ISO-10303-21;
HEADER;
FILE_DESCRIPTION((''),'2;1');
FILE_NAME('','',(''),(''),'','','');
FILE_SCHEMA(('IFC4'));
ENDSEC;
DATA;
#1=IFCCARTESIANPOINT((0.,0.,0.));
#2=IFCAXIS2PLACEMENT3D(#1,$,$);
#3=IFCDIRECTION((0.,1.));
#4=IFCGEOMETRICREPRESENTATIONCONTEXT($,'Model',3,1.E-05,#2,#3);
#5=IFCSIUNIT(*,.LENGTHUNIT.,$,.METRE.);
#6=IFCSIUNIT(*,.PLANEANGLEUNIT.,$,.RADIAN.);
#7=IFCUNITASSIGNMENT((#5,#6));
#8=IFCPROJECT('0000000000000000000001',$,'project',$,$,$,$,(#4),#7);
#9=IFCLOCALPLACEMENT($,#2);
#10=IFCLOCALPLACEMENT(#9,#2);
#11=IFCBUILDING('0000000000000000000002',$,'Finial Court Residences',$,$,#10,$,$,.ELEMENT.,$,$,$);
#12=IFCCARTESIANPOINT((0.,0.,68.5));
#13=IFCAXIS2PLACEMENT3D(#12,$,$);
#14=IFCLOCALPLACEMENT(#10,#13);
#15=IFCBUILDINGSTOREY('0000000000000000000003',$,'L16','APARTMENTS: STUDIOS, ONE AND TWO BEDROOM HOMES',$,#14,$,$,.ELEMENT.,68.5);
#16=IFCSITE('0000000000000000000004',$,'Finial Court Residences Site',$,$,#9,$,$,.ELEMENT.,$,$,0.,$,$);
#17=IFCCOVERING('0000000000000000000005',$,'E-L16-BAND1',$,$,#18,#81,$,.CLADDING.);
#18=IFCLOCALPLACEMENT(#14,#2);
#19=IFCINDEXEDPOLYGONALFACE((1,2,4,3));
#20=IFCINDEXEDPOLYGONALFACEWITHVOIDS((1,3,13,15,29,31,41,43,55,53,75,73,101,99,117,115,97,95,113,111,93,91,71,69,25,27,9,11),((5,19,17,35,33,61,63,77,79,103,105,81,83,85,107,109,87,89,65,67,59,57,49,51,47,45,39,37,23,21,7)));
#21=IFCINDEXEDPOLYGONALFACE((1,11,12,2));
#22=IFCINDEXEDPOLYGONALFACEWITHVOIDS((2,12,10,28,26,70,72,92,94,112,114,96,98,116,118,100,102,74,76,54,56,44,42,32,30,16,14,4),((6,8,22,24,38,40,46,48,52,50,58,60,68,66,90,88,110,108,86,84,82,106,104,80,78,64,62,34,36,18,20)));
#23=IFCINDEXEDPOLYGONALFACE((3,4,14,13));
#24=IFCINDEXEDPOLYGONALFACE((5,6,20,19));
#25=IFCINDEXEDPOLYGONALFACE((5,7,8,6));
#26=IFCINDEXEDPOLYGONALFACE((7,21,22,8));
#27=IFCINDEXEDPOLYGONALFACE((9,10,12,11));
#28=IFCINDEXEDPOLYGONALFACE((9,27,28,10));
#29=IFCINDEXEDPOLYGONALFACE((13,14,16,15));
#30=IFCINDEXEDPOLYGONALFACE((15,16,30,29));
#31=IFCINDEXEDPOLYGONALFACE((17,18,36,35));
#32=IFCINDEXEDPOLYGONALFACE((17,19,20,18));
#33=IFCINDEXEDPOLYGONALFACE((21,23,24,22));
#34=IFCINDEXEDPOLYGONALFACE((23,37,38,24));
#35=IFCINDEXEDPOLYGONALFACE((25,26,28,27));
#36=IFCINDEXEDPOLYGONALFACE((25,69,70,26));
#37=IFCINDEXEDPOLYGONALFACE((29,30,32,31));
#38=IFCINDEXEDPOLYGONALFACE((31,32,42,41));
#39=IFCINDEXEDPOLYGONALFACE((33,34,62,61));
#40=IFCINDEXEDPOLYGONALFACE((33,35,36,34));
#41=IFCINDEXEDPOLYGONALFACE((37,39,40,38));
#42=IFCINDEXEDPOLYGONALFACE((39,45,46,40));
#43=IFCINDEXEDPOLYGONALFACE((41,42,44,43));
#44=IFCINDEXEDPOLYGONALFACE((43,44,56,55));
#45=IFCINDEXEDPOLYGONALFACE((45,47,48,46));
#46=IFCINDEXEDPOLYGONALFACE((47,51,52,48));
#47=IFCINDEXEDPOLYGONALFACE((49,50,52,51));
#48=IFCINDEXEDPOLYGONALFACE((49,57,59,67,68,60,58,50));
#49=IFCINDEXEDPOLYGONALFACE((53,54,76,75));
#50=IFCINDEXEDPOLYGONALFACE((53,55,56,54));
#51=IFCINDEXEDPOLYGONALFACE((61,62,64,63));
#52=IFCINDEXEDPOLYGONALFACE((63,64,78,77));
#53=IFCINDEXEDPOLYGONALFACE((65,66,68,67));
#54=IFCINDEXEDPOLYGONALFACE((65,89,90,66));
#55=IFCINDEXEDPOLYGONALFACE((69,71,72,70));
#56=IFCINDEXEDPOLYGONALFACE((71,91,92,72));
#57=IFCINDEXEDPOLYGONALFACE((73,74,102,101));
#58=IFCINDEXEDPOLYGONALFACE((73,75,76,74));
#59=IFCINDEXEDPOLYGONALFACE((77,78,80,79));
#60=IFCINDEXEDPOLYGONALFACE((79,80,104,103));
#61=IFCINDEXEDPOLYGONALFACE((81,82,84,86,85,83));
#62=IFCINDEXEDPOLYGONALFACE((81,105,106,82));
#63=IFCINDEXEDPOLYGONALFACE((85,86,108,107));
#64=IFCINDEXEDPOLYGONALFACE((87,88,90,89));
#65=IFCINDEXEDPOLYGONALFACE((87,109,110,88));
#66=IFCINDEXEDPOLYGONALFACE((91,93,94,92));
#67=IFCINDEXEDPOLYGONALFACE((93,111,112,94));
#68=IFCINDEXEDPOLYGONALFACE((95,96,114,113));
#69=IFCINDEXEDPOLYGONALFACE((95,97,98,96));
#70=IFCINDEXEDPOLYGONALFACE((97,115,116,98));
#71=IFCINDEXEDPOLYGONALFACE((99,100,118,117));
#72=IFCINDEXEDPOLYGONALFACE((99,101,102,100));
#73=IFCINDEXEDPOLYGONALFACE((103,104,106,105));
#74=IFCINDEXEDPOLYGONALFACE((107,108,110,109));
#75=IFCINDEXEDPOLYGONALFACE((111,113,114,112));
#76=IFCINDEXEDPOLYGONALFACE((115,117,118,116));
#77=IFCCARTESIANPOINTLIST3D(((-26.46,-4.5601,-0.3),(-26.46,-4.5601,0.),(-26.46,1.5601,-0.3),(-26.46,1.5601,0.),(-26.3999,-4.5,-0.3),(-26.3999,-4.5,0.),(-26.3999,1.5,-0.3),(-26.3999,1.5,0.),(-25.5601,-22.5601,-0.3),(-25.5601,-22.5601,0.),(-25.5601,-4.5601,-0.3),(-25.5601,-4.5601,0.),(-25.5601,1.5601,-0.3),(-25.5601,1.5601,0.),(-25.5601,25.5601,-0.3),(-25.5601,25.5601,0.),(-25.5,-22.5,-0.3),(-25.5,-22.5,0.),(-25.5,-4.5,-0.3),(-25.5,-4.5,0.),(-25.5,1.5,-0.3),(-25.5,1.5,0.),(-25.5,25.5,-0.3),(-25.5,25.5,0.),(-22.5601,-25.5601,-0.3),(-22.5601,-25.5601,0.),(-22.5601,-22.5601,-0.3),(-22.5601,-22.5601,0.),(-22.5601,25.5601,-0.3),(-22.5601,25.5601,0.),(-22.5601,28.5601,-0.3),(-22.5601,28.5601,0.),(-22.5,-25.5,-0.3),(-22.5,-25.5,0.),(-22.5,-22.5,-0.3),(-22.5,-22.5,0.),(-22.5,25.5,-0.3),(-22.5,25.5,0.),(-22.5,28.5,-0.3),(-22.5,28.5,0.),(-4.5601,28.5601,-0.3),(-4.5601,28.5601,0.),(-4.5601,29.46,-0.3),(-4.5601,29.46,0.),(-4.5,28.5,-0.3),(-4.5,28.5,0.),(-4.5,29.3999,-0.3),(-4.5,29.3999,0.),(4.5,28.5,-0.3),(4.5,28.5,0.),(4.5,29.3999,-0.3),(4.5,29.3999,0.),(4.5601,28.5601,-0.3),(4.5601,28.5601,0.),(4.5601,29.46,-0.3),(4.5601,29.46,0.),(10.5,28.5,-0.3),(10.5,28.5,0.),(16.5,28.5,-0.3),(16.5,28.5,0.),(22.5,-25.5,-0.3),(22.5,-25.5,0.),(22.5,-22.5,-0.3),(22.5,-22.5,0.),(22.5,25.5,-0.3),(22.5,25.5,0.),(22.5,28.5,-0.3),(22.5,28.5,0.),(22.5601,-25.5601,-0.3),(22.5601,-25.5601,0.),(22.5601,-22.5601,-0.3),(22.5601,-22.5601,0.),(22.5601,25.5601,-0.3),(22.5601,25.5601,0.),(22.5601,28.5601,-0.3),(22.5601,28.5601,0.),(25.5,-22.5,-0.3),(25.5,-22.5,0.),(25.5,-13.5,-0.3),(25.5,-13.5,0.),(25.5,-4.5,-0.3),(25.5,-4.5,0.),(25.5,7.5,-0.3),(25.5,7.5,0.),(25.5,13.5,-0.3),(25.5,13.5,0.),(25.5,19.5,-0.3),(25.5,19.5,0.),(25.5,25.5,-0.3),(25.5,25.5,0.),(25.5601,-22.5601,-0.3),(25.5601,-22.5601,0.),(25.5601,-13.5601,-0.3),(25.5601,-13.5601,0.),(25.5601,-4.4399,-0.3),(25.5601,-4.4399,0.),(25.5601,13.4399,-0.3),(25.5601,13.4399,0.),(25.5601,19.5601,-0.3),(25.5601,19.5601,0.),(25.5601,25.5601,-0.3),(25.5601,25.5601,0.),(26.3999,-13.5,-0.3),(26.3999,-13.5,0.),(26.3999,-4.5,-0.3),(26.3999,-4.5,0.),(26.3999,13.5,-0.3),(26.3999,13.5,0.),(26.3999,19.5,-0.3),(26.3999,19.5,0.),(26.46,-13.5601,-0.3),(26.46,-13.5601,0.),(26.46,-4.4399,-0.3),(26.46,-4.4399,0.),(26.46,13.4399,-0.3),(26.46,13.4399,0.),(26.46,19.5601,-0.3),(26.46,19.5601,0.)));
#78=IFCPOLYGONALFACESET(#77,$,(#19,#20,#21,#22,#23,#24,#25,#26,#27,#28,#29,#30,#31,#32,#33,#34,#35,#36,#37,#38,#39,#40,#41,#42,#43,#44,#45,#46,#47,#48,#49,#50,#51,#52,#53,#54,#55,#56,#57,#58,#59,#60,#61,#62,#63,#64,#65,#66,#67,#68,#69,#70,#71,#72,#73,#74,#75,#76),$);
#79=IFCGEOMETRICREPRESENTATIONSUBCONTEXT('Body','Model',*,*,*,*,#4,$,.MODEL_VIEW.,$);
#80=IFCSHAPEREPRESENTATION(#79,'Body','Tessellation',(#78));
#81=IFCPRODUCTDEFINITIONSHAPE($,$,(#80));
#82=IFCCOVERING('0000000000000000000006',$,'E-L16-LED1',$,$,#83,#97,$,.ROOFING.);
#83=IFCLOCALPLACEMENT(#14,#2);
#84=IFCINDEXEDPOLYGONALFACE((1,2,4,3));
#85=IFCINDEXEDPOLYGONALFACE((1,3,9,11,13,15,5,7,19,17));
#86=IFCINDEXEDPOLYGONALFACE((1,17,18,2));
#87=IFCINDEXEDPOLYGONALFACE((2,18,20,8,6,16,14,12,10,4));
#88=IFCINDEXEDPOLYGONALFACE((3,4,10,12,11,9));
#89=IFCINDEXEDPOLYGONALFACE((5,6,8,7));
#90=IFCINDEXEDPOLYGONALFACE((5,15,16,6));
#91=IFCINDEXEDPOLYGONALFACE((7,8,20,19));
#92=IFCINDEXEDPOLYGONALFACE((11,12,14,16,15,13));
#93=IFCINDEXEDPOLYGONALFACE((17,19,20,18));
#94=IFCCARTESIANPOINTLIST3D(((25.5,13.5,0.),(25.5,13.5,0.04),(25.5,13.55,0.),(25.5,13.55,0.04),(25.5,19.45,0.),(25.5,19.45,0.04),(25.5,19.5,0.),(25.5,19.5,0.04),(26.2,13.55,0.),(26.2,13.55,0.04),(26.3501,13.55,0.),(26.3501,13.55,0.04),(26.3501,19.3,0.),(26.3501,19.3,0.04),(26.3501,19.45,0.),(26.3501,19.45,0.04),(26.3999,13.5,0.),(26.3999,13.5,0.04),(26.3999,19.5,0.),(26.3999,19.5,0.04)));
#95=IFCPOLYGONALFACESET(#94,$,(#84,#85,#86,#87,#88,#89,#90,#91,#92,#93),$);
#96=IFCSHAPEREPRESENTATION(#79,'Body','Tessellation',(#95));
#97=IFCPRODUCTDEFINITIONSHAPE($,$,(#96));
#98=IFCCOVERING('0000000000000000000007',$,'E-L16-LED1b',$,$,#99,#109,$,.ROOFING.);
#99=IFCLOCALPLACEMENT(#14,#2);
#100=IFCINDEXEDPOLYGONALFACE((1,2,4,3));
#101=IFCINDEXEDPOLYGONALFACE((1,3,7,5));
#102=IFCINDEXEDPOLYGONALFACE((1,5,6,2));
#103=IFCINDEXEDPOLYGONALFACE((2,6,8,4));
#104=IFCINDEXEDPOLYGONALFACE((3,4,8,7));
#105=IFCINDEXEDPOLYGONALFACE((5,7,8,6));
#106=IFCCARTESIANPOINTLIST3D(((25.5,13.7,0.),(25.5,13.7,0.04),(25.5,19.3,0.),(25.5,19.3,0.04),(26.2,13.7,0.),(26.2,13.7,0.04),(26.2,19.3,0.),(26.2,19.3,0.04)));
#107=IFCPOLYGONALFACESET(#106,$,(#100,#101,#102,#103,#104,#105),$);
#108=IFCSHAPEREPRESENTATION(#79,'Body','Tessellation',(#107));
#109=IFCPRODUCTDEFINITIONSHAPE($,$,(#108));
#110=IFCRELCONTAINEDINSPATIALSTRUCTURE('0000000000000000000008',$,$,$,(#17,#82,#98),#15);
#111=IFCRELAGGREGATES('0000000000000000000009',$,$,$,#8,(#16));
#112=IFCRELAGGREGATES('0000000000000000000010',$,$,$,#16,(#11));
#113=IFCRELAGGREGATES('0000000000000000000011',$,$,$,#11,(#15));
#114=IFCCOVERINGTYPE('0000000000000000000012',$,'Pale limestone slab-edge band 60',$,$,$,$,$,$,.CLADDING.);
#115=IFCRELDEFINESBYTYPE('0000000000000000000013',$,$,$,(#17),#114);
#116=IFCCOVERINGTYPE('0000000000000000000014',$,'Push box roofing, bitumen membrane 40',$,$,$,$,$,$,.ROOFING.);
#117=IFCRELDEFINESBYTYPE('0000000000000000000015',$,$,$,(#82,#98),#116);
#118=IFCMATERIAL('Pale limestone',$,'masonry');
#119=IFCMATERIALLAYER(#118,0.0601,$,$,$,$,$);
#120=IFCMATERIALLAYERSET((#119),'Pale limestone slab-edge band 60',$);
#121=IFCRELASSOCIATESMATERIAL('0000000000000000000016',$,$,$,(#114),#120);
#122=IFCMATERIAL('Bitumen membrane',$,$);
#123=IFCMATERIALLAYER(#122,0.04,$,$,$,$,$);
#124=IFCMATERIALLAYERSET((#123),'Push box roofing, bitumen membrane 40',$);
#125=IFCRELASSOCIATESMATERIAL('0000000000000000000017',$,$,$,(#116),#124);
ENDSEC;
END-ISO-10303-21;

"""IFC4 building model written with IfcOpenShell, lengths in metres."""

from ifc_helpers import new_model, si_unit, direction, frame, origin, place, context, subcontext, project, spatial, polyline, outline, extrude, material, layer, layer_set, type_object, element, save


model = new_model("IFC4")

# Units and contexts
model_context = context("Model", 3, precision=1e-05, world=origin(), true_north=direction((0.0, 1.0)))
body_context = subcontext(model_context, "Body", "Model", "MODEL_VIEW")
ifc_project = project(units=[si_unit("LENGTHUNIT", "METRE"), si_unit("PLANEANGLEUNIT", "RADIAN")], contexts=[model_context])

# Site, building, storey
site_placement = place(None, origin())
site = spatial("IfcSite", under=ifc_project, at=site_placement, Name="Finial Court Residences Site", CompositionType="ELEMENT", RefElevation=0.0)
building_placement = place(site_placement, origin())
building = spatial("IfcBuilding", under=site, at=building_placement, Name="Finial Court Residences", CompositionType="ELEMENT")
storey_placement = place(building_placement, frame((0.0, 0.0, 68.5)))
storey = spatial("IfcBuildingStorey", under=building, at=storey_placement, Name="L16", Description="APARTMENTS: STUDIOS, ONE AND TWO BEDROOM HOMES", CompositionType="ELEMENT", Elevation=68.5)

# Coverings
ifc_material_1 = material(Name="Pale limestone", Category="masonry")
ifc_layer_1 = layer(ifc_material_1, 0.0601)
ifc_layer_set_1 = layer_set([ifc_layer_1], Name="Pale limestone slab-edge band 60")
covering_type_1 = type_object("IfcCoveringType", Name="Pale limestone slab-edge band 60", PredefinedType="CLADDING", material=ifc_layer_set_1)
covering_1_placement = place(storey_placement, frame((0.0, 0.0, -0.3)))
element("IfcCovering", 1, at=covering_1_placement, inside=storey, type_object=covering_type_1, Name="E-L16-BAND1", PredefinedType="CLADDING", context=body_context, shape_type="SweptSolid", body=[
    extrude(outline(polyline([(22.5601, -22.5601), (22.5601, -25.5601), (-22.5601, -25.5601), (-22.5601, -22.5601), (-25.5601, -22.5601), (-25.5601, -4.5601), (-26.46, -4.5601), (-26.46, 1.5601), (-25.5601, 1.5601), (-25.5601, 25.5601), (-22.5601, 25.5601), (-22.5601, 28.5601), (-4.5601, 28.5601), (-4.5601, 29.46), (4.5601, 29.46), (4.5601, 28.5601), (22.5601, 28.5601), (22.5601, 25.5601), (25.5601, 25.5601), (25.5601, 19.5601), (26.46, 19.5601), (26.46, 13.4399), (25.5601, 13.4399), (25.5601, -4.4399), (26.46, -4.4399), (26.46, -13.5601), (25.5601, -13.5601), (25.5601, -22.5601), (22.5601, -22.5601)]), holes=[polyline([(25.5, -13.5), (26.3999, -13.5), (26.3999, -4.5), (25.5, -4.5), (25.5, 7.5), (25.5, 13.5), (26.3999, 13.5), (26.3999, 19.5), (25.5, 19.5), (25.5, 25.5), (22.5, 25.5), (22.5, 28.5), (16.5, 28.5), (10.5, 28.5), (4.5, 28.5), (4.5, 29.3999), (-4.5, 29.3999), (-4.5, 28.5), (-22.5, 28.5), (-22.5, 25.5), (-25.5, 25.5), (-25.5, 1.5), (-26.3999, 1.5), (-26.3999, -4.5), (-25.5, -4.5), (-25.5, -22.5), (-22.5, -22.5), (-22.5, -25.5), (22.5, -25.5), (22.5, -22.5), (25.5, -22.5), (25.5, -13.5)])]), origin(), (0.0, 0.0, 1.0), 0.3),
])
ifc_material_2 = material(Name="Bitumen membrane")
ifc_layer_2 = layer(ifc_material_2, 0.04)
ifc_layer_set_2 = layer_set([ifc_layer_2], Name="Push box roofing, bitumen membrane 40")
covering_type_2 = type_object("IfcCoveringType", Name="Push box roofing, bitumen membrane 40", PredefinedType="ROOFING", material=ifc_layer_set_2)
covering_2_placement = place(storey_placement, origin())
element("IfcCovering", 2, at=covering_2_placement, inside=storey, type_object=covering_type_2, Name="E-L16-LED1", PredefinedType="ROOFING", context=body_context, shape_type="SweptSolid", body=[
    extrude(outline(polyline([(25.5, 13.55), (26.2, 13.55), (26.3501, 13.55), (26.3501, 19.3), (26.3501, 19.3), (26.3501, 19.45), (25.5, 19.45), (25.5, 19.5), (26.3999, 19.5), (26.3999, 13.5), (25.5, 13.5), (25.5, 13.55)])), origin(), (0.0, 0.0, 1.0), 0.04),
])
covering_3_placement = place(storey_placement, origin())
element("IfcCovering", 3, at=covering_3_placement, inside=storey, type_object=covering_type_2, Name="E-L16-LED1b", PredefinedType="ROOFING", context=body_context, shape_type="SweptSolid", body=[
    extrude(outline(polyline([(25.5, 19.3), (26.2, 19.3), (26.2, 13.7), (25.5, 13.7), (25.5, 19.3)])), origin(), (0.0, 0.0, 1.0), 0.04),
])

save(model, "model.ifc")
